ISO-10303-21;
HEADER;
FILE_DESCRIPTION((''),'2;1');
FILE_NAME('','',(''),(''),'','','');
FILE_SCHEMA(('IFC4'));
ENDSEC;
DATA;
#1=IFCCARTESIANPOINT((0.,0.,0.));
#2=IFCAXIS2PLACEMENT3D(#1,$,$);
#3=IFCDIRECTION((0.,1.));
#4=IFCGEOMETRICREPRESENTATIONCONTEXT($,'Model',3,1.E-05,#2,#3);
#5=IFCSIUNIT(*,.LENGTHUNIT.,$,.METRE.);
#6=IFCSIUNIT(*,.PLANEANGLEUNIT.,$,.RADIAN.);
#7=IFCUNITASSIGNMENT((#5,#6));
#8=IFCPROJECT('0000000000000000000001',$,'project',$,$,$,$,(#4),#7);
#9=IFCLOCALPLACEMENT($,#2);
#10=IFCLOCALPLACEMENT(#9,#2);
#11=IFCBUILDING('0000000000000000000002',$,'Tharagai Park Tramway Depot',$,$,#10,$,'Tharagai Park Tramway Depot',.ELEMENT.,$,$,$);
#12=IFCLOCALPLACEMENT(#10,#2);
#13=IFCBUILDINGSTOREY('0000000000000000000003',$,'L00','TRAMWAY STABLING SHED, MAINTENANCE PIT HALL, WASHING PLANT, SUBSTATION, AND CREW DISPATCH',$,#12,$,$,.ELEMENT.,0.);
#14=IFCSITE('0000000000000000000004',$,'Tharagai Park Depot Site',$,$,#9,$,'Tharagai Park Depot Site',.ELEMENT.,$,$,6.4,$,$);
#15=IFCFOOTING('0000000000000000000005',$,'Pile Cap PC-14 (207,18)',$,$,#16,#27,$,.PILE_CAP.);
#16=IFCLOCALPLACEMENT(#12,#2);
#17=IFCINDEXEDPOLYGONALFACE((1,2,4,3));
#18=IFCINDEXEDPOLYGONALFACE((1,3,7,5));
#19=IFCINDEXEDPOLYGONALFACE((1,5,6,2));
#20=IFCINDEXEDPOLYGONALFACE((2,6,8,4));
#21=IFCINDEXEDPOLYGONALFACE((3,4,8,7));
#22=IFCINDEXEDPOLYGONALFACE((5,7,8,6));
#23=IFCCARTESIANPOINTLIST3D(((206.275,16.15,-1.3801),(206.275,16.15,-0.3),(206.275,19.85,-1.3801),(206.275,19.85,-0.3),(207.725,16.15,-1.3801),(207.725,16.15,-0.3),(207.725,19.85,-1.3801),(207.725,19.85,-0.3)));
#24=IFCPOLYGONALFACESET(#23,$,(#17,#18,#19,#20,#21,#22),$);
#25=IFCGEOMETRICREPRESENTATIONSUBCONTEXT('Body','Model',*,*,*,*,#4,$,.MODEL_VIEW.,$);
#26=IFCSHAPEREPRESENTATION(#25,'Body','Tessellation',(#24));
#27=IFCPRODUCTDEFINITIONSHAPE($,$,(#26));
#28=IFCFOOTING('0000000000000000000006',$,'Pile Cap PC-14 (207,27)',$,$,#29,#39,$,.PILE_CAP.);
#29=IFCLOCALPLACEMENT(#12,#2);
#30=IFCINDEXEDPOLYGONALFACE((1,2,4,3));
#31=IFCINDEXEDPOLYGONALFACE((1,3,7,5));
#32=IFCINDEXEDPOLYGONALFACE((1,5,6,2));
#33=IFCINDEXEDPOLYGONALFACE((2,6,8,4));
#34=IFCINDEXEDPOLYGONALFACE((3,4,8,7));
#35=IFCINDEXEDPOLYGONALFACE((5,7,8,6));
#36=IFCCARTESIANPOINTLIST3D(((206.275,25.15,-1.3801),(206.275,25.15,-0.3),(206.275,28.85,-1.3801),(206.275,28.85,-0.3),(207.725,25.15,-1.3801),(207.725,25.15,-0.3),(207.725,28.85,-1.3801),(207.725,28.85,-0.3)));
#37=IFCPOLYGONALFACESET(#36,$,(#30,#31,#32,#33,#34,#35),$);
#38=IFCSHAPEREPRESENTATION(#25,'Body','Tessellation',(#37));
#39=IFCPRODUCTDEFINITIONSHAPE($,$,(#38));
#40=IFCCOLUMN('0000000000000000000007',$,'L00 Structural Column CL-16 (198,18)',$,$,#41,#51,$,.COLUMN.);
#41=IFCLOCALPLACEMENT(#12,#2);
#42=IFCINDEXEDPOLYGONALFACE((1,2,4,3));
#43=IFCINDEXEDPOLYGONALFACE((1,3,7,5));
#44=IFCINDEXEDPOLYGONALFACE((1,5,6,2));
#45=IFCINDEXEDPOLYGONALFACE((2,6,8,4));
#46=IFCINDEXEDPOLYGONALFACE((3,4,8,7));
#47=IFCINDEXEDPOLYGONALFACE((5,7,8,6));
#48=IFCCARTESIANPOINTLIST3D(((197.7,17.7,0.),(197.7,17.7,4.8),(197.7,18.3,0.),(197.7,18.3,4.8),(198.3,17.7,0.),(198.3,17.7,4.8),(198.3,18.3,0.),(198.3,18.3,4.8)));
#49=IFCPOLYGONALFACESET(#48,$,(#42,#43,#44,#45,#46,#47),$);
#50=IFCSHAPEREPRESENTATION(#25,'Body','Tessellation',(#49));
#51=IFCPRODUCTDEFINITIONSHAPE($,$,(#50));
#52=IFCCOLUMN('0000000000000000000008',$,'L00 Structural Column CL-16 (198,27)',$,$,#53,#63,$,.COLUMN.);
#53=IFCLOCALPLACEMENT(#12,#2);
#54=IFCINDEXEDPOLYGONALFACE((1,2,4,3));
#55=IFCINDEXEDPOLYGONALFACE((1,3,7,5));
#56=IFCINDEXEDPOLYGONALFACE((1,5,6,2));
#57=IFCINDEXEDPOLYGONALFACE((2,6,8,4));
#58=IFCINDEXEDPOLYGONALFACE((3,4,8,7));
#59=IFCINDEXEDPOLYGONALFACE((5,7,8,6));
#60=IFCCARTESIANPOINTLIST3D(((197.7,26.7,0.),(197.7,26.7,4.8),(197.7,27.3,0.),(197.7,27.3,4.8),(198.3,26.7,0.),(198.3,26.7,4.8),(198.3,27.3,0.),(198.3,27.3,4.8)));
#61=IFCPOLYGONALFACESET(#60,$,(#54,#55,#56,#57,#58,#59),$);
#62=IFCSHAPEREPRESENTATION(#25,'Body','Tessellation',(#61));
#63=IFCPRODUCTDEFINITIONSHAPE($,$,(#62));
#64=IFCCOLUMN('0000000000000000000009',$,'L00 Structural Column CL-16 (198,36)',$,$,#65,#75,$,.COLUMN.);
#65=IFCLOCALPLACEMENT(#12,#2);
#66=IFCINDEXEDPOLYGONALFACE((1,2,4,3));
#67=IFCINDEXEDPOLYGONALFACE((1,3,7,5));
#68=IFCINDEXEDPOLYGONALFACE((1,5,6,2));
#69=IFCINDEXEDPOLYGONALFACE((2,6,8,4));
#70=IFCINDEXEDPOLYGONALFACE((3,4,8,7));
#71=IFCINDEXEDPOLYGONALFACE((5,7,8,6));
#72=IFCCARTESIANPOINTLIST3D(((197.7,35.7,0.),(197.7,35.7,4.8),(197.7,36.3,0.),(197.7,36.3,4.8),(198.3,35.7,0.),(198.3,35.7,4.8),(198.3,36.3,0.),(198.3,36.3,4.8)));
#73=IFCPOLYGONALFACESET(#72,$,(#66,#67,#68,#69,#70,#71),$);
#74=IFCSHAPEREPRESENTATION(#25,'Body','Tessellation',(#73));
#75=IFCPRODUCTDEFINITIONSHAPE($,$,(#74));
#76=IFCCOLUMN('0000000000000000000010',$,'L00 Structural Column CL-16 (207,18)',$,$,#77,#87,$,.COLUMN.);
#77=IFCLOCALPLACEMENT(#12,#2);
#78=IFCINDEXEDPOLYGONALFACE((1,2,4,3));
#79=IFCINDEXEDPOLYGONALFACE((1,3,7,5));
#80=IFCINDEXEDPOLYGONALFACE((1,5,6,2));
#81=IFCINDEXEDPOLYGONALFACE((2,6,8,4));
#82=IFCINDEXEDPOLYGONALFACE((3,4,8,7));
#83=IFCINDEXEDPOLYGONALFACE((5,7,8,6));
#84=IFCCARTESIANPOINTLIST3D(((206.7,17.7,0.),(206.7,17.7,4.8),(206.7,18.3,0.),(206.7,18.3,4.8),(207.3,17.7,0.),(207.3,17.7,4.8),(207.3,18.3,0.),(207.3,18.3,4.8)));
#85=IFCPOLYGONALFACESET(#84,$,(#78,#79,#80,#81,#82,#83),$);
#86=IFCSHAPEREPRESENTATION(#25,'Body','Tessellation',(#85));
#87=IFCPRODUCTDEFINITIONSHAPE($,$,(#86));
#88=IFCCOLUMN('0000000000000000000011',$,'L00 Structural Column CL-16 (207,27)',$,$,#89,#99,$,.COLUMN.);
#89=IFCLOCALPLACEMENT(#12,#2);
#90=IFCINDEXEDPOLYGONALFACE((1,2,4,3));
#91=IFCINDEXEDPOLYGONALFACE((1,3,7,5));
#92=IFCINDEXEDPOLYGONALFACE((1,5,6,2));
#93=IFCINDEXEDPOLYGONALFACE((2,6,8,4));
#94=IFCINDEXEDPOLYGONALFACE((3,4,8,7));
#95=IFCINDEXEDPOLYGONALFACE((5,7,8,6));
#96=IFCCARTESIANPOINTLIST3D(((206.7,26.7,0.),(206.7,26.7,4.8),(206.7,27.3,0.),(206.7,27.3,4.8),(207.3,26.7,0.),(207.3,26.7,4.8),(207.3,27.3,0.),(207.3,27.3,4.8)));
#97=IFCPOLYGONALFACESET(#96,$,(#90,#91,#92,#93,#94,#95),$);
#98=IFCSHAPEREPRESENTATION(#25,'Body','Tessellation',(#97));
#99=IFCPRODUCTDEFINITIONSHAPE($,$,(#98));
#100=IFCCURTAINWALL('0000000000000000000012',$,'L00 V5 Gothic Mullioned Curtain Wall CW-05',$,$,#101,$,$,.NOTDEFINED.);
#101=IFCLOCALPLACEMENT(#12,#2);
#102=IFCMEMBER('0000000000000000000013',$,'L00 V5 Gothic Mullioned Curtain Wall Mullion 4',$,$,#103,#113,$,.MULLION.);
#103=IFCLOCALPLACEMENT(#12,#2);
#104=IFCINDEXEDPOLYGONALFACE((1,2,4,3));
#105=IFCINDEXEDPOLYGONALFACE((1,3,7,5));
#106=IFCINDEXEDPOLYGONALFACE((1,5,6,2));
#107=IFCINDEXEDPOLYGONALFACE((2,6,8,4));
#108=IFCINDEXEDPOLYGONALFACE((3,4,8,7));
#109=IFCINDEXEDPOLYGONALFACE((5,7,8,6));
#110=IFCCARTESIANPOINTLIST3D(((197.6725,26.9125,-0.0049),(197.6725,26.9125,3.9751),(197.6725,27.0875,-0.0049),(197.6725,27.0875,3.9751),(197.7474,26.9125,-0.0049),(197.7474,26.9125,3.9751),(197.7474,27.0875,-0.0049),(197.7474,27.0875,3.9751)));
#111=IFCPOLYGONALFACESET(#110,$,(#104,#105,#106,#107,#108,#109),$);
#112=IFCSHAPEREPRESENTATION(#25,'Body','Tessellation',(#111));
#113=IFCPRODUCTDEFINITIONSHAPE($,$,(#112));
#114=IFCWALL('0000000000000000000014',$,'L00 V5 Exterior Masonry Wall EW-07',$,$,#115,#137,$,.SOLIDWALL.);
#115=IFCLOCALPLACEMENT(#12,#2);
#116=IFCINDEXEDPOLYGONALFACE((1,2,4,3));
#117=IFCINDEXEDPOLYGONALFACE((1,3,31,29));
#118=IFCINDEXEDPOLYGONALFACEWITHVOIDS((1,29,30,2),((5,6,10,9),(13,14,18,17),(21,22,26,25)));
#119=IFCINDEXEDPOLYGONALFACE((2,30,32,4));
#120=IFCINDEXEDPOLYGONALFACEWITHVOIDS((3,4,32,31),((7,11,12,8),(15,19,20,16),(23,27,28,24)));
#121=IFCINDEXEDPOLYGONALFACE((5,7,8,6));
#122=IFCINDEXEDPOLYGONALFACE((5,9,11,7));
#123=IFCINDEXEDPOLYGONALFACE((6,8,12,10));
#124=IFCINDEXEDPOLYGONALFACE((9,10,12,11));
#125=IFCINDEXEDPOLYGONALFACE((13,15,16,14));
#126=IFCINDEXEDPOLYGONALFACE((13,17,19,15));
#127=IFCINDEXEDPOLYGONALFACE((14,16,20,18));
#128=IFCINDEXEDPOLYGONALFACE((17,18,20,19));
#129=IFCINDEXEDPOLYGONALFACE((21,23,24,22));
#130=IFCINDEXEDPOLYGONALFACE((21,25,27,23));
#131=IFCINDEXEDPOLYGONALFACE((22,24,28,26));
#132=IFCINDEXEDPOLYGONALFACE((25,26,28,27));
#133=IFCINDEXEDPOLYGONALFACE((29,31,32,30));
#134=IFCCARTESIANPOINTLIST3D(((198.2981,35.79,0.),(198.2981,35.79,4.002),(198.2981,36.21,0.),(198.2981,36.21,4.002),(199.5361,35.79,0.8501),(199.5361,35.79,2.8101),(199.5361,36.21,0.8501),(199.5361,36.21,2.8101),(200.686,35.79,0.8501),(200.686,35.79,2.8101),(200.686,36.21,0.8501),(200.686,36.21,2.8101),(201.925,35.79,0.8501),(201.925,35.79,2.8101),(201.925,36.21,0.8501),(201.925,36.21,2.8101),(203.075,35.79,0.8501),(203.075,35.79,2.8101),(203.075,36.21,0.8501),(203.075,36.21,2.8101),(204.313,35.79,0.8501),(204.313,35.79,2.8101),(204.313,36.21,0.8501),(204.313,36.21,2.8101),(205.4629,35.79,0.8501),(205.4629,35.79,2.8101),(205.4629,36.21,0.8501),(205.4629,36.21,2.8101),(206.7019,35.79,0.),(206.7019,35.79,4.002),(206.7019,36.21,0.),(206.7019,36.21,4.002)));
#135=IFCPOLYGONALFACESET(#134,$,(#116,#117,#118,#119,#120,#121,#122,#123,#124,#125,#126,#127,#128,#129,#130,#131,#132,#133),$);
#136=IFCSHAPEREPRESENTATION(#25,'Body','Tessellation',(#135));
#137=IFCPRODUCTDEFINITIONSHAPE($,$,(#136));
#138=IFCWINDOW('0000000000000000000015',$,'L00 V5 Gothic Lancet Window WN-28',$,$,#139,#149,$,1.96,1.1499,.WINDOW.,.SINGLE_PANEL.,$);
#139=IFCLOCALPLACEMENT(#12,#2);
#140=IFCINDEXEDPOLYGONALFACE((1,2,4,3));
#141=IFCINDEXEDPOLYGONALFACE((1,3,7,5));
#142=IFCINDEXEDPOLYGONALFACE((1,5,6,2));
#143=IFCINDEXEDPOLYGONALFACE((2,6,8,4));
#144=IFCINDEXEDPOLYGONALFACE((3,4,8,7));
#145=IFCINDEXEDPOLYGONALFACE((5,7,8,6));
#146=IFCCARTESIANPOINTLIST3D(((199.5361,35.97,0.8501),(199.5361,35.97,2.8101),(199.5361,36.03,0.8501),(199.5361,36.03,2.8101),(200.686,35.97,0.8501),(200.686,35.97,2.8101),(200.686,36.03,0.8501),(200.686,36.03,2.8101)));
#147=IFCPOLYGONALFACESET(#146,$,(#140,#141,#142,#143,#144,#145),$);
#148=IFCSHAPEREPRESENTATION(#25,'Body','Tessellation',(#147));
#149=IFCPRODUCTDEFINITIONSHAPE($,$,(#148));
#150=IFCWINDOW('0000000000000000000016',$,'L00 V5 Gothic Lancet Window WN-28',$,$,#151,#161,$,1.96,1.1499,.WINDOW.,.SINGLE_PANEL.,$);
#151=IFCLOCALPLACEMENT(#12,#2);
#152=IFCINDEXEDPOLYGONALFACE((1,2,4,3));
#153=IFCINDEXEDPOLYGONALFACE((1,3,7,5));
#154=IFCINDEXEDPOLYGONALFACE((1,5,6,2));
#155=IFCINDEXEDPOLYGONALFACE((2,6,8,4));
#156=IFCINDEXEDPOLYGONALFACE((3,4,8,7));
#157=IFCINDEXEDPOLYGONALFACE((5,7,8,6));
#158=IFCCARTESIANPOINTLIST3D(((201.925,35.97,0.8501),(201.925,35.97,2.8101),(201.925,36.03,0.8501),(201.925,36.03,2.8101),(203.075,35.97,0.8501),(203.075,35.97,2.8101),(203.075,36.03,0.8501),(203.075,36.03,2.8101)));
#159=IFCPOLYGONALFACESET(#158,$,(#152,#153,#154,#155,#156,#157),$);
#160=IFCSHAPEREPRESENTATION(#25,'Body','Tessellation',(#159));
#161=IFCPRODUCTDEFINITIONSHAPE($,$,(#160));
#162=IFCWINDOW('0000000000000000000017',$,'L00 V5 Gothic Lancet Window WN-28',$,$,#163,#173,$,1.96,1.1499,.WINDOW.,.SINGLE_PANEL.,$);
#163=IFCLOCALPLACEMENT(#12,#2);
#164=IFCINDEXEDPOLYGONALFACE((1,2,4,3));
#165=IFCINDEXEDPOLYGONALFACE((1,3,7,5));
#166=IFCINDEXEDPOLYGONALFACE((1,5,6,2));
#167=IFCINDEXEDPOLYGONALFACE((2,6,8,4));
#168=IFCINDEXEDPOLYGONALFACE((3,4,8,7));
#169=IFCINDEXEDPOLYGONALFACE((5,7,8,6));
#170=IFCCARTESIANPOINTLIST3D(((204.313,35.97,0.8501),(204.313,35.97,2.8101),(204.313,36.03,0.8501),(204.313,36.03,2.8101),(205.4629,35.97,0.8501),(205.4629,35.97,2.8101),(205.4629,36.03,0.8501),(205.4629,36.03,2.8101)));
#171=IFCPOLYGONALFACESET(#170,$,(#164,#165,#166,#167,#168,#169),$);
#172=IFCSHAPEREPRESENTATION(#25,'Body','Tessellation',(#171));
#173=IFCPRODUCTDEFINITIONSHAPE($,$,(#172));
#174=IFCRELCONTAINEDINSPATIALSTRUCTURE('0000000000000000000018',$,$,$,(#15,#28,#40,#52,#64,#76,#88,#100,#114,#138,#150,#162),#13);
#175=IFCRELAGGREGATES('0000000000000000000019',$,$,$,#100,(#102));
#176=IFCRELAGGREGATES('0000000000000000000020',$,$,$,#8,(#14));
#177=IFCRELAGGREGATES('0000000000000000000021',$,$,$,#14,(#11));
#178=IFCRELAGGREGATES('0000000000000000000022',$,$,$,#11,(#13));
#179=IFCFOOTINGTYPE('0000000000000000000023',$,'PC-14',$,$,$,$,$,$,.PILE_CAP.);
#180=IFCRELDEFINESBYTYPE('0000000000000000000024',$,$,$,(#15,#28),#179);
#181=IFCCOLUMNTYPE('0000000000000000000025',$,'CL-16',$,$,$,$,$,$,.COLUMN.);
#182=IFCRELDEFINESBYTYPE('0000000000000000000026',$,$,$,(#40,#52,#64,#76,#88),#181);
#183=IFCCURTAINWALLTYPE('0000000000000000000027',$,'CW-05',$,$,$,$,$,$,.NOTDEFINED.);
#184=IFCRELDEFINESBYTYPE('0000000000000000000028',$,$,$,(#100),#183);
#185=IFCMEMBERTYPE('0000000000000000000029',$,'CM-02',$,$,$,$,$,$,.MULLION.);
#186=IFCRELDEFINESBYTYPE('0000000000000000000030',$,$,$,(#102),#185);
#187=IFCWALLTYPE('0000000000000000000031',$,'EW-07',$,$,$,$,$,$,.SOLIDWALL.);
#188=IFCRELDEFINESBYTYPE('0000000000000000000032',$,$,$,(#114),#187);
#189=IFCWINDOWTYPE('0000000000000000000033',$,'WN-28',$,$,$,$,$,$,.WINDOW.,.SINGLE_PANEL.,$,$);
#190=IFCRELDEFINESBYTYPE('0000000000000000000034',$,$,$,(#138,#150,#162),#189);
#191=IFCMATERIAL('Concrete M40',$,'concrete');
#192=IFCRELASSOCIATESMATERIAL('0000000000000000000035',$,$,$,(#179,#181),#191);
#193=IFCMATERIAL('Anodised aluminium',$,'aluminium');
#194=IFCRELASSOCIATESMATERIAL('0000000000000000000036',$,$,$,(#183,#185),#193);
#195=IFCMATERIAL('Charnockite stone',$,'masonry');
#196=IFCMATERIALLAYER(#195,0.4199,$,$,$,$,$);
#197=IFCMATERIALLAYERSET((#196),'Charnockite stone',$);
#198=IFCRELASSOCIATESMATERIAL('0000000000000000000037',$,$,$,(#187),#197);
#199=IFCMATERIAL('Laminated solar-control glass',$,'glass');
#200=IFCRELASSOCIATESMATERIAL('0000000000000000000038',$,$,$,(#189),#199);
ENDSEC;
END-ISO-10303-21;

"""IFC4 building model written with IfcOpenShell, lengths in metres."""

from ifc_helpers import new_model, si_unit, direction, frame, frame_2d, origin, origin_2d, place, context, subcontext, project, spatial, rectangle, extrude, material, layer, layer_set, material_profile, profile_set, type_object, element, fill, aggregate, save


model = new_model("IFC4")

# Units and contexts
model_context = context("Model", 3, precision=1e-05, world=origin(), true_north=direction((0.0, 1.0)))
body_context = subcontext(model_context, "Body", "Model", "MODEL_VIEW")
ifc_project = project(units=[si_unit("LENGTHUNIT", "METRE"), si_unit("PLANEANGLEUNIT", "RADIAN")], contexts=[model_context])

# Site, building, storey
site_placement = place(None, origin())
site = spatial("IfcSite", under=ifc_project, at=site_placement, Name="Tharagai Park Depot Site", LongName="Tharagai Park Depot Site", CompositionType="ELEMENT", RefElevation=6.4)
building_placement = place(site_placement, origin())
building = spatial("IfcBuilding", under=site, at=building_placement, Name="Tharagai Park Tramway Depot", LongName="Tharagai Park Tramway Depot", CompositionType="ELEMENT")
storey_placement = place(building_placement, origin())
storey = spatial("IfcBuildingStorey", under=building, at=storey_placement, Name="L00", Description="TRAMWAY STABLING SHED, MAINTENANCE PIT HALL, WASHING PLANT, SUBSTATION, AND CREW DISPATCH", CompositionType="ELEMENT", Elevation=0.0)

# Shared definitions
ifc_material_1 = material(Name="Concrete M40", Category="concrete")

# Footings
footing_type_1 = type_object("IfcFootingType", Name="PC-14", PredefinedType="PILE_CAP", material=ifc_material_1)
for number, where, z_axis, x_axis, name in (
    (1, (207.0, 18.0, -1.3801), (0.0, 0.0, 1.0), (1.0, 0.0, 0.0), "Pile Cap PC-14 (207,18)"),
    (2, (207.0, 27.0, -1.3801), (0.0, 0.0, 1.0), (1.0, 0.0, 0.0), "Pile Cap PC-14 (207,27)"),
):
    element("IfcFooting", number, at=place(storey_placement, frame(where, z_axis=z_axis, x_axis=x_axis)), inside=storey, type_object=footing_type_1, Name=name, PredefinedType="PILE_CAP", context=body_context, shape_type="SweptSolid", body=[
        extrude(rectangle(XDim=1.45, YDim=3.7, at=origin_2d()), origin(), (0.0, 0.0, 1.0), 1.0801),
    ])

# Columns
ifc_material_profile_1 = material_profile(ifc_material_1, rectangle(XDim=0.6001, YDim=0.6001, at=origin_2d()), Name="RC 600x600")
ifc_profile_set_1 = profile_set([ifc_material_profile_1], Name="Concrete M40")
column_type = type_object("IfcColumnType", Name="CL-16", PredefinedType="COLUMN", material=ifc_profile_set_1)
for number, where, z_axis, x_axis, name in (
    (3, (198.0, 18.0, 0.0), (0.0, 0.0, 1.0), (1.0, 0.0, 0.0), "L00 Structural Column CL-16 (198,18)"),
    (4, (198.0, 27.0, 0.0), (0.0, 0.0, 1.0), (1.0, 0.0, 0.0), "L00 Structural Column CL-16 (198,27)"),
    (5, (198.0, 36.0, 0.0), (0.0, 0.0, 1.0), (1.0, 0.0, 0.0), "L00 Structural Column CL-16 (198,36)"),
    (6, (207.0, 18.0, 0.0), (0.0, 0.0, 1.0), (1.0, 0.0, 0.0), "L00 Structural Column CL-16 (207,18)"),
    (7, (207.0, 27.0, 0.0), (0.0, 0.0, 1.0), (1.0, 0.0, 0.0), "L00 Structural Column CL-16 (207,27)"),
):
    element("IfcColumn", number, at=place(storey_placement, frame(where, z_axis=z_axis, x_axis=x_axis)), inside=storey, type_object=column_type, Name=name, PredefinedType="COLUMN", context=body_context, shape_type="SweptSolid", body=[
        extrude(rectangle(XDim=0.6001, YDim=0.6001, at=origin_2d()), origin(), (0.0, 0.0, 1.0), 4.8),
    ])

# Curtain wall, member
ifc_material_2 = material(Name="Anodised aluminium", Category="aluminium")
curtain_wall_type = type_object("IfcCurtainWallType", Name="CW-05", PredefinedType="NOTDEFINED", material=ifc_material_2)
curtain_wall_placement = place(storey_placement, origin())
curtain_wall = element("IfcCurtainWall", 8, at=curtain_wall_placement, inside=storey, type_object=curtain_wall_type, Name="L00 V5 Gothic Mullioned Curtain Wall CW-05", PredefinedType="NOTDEFINED")
ifc_material_profile_2 = material_profile(ifc_material_2, rectangle(XDim=0.075, YDim=0.175, at=origin_2d()), Name="ALU 75x175")
ifc_profile_set_2 = profile_set([ifc_material_profile_2], Name="Anodised aluminium")
member_type = type_object("IfcMemberType", Name="CM-02", PredefinedType="MULLION", material=ifc_profile_set_2)
member_placement = place(storey_placement, frame((197.71, 27.0, -0.0049), z_axis=(0.0, 0.0, 1.0), x_axis=(1.0, 0.0, 0.0)))
member = element("IfcMember", 9, at=member_placement, type_object=member_type, Name="L00 V5 Gothic Mullioned Curtain Wall Mullion 4", PredefinedType="MULLION", context=body_context, shape_type="SweptSolid", body=[
    extrude(rectangle(XDim=0.075, YDim=0.175, at=origin_2d()), origin(), (0.0, 0.0, 1.0), 3.98),
])
aggregate(curtain_wall, [member])

# Wall, openings, windows
ifc_material_3 = material(Name="Charnockite stone", Category="masonry")
ifc_layer_1 = layer(ifc_material_3, 0.4199)
ifc_layer_set_1 = layer_set([ifc_layer_1], Name="Charnockite stone")
wall_type_1 = type_object("IfcWallType", Name="EW-07", PredefinedType="SOLIDWALL", material=ifc_layer_set_1)
wall_1_placement = place(storey_placement, frame((198.2981, 36.0, 0.0), z_axis=(0.0, 0.0, 1.0), x_axis=(1.0, 0.0, 0.0)))
wall_1 = element("IfcWall", 10, at=wall_1_placement, inside=storey, type_object=wall_type_1, Name="L00 V5 Exterior Masonry Wall EW-07", PredefinedType="SOLIDWALL", context=body_context, shape_type="SweptSolid", body=[
    extrude(rectangle(XDim=8.4038, YDim=0.4199, at=frame_2d((4.2019, 0.0))), origin(), (0.0, 0.0, 1.0), 4.002),
])
opening_1_placement = place(wall_1_placement, frame((1.238, 0.0, 0.8501)))
opening_1 = element("IfcOpeningElement", 11, at=opening_1_placement, cuts=wall_1, PredefinedType="OPENING", context=body_context, shape_type="SweptSolid", body=[
    extrude(rectangle(XDim=1.1499, YDim=1.96, at=frame_2d((0.575, 0.98))), frame((0.0, 0.22, 0.0), z_axis=(0.0, -1.0, 0.0), x_axis=(1.0, 0.0, 0.0)), (0.0, 0.0, 1.0), 0.4399),
])
opening_2_placement = place(wall_1_placement, frame((3.627, 0.0, 0.8501)))
opening_2 = element("IfcOpeningElement", 12, at=opening_2_placement, cuts=wall_1, PredefinedType="OPENING", context=body_context, shape_type="SweptSolid", body=[
    extrude(rectangle(XDim=1.1499, YDim=1.96, at=frame_2d((0.575, 0.98))), frame((0.0, 0.22, 0.0), z_axis=(0.0, -1.0, 0.0), x_axis=(1.0, 0.0, 0.0)), (0.0, 0.0, 1.0), 0.4399),
])
opening_3_placement = place(wall_1_placement, frame((6.0149, 0.0, 0.8501)))
opening_3 = element("IfcOpeningElement", 13, at=opening_3_placement, cuts=wall_1, PredefinedType="OPENING", context=body_context, shape_type="SweptSolid", body=[
    extrude(rectangle(XDim=1.1499, YDim=1.96, at=frame_2d((0.575, 0.98))), frame((0.0, 0.22, 0.0), z_axis=(0.0, -1.0, 0.0), x_axis=(1.0, 0.0, 0.0)), (0.0, 0.0, 1.0), 0.4399),
])
ifc_material_4 = material(Name="Laminated solar-control glass", Category="glass")
window_type_1 = type_object("IfcWindowType", Name="WN-28", PartitioningType="SINGLE_PANEL", PredefinedType="WINDOW", material=ifc_material_4)
window_1_placement = place(opening_1_placement, origin())
window_1 = element("IfcWindow", 14, at=window_1_placement, inside=storey, type_object=window_type_1, Name="L00 V5 Gothic Lancet Window WN-28", OverallHeight=1.96, OverallWidth=1.1499, PartitioningType="SINGLE_PANEL", PredefinedType="WINDOW", context=body_context, shape_type="SweptSolid", body=[
    extrude(rectangle(XDim=1.1499, YDim=1.96, at=frame_2d((0.575, 0.98))), frame((0.0, 0.03, 0.0), z_axis=(0.0, -1.0, 0.0), x_axis=(1.0, 0.0, 0.0)), (0.0, 0.0, 1.0), 0.0601),
])
fill(opening_1, window_1)
window_2_placement = place(opening_2_placement, origin())
window_2 = element("IfcWindow", 15, at=window_2_placement, inside=storey, type_object=window_type_1, Name="L00 V5 Gothic Lancet Window WN-28", OverallHeight=1.96, OverallWidth=1.1499, PartitioningType="SINGLE_PANEL", PredefinedType="WINDOW", context=body_context, shape_type="SweptSolid", body=[
    extrude(rectangle(XDim=1.1499, YDim=1.96, at=frame_2d((0.575, 0.98))), frame((0.0, 0.03, 0.0), z_axis=(0.0, -1.0, 0.0), x_axis=(1.0, 0.0, 0.0)), (0.0, 0.0, 1.0), 0.0601),
])
fill(opening_2, window_2)
window_3_placement = place(opening_3_placement, origin())
window_3 = element("IfcWindow", 16, at=window_3_placement, inside=storey, type_object=window_type_1, Name="L00 V5 Gothic Lancet Window WN-28", OverallHeight=1.96, OverallWidth=1.1499, PartitioningType="SINGLE_PANEL", PredefinedType="WINDOW", context=body_context, shape_type="SweptSolid", body=[
    extrude(rectangle(XDim=1.1499, YDim=1.96, at=frame_2d((0.575, 0.98))), frame((0.0, 0.03, 0.0), z_axis=(0.0, -1.0, 0.0), x_axis=(1.0, 0.0, 0.0)), (0.0, 0.0, 1.0), 0.0601),
])
fill(opening_3, window_3)

save(model, "model.ifc")
